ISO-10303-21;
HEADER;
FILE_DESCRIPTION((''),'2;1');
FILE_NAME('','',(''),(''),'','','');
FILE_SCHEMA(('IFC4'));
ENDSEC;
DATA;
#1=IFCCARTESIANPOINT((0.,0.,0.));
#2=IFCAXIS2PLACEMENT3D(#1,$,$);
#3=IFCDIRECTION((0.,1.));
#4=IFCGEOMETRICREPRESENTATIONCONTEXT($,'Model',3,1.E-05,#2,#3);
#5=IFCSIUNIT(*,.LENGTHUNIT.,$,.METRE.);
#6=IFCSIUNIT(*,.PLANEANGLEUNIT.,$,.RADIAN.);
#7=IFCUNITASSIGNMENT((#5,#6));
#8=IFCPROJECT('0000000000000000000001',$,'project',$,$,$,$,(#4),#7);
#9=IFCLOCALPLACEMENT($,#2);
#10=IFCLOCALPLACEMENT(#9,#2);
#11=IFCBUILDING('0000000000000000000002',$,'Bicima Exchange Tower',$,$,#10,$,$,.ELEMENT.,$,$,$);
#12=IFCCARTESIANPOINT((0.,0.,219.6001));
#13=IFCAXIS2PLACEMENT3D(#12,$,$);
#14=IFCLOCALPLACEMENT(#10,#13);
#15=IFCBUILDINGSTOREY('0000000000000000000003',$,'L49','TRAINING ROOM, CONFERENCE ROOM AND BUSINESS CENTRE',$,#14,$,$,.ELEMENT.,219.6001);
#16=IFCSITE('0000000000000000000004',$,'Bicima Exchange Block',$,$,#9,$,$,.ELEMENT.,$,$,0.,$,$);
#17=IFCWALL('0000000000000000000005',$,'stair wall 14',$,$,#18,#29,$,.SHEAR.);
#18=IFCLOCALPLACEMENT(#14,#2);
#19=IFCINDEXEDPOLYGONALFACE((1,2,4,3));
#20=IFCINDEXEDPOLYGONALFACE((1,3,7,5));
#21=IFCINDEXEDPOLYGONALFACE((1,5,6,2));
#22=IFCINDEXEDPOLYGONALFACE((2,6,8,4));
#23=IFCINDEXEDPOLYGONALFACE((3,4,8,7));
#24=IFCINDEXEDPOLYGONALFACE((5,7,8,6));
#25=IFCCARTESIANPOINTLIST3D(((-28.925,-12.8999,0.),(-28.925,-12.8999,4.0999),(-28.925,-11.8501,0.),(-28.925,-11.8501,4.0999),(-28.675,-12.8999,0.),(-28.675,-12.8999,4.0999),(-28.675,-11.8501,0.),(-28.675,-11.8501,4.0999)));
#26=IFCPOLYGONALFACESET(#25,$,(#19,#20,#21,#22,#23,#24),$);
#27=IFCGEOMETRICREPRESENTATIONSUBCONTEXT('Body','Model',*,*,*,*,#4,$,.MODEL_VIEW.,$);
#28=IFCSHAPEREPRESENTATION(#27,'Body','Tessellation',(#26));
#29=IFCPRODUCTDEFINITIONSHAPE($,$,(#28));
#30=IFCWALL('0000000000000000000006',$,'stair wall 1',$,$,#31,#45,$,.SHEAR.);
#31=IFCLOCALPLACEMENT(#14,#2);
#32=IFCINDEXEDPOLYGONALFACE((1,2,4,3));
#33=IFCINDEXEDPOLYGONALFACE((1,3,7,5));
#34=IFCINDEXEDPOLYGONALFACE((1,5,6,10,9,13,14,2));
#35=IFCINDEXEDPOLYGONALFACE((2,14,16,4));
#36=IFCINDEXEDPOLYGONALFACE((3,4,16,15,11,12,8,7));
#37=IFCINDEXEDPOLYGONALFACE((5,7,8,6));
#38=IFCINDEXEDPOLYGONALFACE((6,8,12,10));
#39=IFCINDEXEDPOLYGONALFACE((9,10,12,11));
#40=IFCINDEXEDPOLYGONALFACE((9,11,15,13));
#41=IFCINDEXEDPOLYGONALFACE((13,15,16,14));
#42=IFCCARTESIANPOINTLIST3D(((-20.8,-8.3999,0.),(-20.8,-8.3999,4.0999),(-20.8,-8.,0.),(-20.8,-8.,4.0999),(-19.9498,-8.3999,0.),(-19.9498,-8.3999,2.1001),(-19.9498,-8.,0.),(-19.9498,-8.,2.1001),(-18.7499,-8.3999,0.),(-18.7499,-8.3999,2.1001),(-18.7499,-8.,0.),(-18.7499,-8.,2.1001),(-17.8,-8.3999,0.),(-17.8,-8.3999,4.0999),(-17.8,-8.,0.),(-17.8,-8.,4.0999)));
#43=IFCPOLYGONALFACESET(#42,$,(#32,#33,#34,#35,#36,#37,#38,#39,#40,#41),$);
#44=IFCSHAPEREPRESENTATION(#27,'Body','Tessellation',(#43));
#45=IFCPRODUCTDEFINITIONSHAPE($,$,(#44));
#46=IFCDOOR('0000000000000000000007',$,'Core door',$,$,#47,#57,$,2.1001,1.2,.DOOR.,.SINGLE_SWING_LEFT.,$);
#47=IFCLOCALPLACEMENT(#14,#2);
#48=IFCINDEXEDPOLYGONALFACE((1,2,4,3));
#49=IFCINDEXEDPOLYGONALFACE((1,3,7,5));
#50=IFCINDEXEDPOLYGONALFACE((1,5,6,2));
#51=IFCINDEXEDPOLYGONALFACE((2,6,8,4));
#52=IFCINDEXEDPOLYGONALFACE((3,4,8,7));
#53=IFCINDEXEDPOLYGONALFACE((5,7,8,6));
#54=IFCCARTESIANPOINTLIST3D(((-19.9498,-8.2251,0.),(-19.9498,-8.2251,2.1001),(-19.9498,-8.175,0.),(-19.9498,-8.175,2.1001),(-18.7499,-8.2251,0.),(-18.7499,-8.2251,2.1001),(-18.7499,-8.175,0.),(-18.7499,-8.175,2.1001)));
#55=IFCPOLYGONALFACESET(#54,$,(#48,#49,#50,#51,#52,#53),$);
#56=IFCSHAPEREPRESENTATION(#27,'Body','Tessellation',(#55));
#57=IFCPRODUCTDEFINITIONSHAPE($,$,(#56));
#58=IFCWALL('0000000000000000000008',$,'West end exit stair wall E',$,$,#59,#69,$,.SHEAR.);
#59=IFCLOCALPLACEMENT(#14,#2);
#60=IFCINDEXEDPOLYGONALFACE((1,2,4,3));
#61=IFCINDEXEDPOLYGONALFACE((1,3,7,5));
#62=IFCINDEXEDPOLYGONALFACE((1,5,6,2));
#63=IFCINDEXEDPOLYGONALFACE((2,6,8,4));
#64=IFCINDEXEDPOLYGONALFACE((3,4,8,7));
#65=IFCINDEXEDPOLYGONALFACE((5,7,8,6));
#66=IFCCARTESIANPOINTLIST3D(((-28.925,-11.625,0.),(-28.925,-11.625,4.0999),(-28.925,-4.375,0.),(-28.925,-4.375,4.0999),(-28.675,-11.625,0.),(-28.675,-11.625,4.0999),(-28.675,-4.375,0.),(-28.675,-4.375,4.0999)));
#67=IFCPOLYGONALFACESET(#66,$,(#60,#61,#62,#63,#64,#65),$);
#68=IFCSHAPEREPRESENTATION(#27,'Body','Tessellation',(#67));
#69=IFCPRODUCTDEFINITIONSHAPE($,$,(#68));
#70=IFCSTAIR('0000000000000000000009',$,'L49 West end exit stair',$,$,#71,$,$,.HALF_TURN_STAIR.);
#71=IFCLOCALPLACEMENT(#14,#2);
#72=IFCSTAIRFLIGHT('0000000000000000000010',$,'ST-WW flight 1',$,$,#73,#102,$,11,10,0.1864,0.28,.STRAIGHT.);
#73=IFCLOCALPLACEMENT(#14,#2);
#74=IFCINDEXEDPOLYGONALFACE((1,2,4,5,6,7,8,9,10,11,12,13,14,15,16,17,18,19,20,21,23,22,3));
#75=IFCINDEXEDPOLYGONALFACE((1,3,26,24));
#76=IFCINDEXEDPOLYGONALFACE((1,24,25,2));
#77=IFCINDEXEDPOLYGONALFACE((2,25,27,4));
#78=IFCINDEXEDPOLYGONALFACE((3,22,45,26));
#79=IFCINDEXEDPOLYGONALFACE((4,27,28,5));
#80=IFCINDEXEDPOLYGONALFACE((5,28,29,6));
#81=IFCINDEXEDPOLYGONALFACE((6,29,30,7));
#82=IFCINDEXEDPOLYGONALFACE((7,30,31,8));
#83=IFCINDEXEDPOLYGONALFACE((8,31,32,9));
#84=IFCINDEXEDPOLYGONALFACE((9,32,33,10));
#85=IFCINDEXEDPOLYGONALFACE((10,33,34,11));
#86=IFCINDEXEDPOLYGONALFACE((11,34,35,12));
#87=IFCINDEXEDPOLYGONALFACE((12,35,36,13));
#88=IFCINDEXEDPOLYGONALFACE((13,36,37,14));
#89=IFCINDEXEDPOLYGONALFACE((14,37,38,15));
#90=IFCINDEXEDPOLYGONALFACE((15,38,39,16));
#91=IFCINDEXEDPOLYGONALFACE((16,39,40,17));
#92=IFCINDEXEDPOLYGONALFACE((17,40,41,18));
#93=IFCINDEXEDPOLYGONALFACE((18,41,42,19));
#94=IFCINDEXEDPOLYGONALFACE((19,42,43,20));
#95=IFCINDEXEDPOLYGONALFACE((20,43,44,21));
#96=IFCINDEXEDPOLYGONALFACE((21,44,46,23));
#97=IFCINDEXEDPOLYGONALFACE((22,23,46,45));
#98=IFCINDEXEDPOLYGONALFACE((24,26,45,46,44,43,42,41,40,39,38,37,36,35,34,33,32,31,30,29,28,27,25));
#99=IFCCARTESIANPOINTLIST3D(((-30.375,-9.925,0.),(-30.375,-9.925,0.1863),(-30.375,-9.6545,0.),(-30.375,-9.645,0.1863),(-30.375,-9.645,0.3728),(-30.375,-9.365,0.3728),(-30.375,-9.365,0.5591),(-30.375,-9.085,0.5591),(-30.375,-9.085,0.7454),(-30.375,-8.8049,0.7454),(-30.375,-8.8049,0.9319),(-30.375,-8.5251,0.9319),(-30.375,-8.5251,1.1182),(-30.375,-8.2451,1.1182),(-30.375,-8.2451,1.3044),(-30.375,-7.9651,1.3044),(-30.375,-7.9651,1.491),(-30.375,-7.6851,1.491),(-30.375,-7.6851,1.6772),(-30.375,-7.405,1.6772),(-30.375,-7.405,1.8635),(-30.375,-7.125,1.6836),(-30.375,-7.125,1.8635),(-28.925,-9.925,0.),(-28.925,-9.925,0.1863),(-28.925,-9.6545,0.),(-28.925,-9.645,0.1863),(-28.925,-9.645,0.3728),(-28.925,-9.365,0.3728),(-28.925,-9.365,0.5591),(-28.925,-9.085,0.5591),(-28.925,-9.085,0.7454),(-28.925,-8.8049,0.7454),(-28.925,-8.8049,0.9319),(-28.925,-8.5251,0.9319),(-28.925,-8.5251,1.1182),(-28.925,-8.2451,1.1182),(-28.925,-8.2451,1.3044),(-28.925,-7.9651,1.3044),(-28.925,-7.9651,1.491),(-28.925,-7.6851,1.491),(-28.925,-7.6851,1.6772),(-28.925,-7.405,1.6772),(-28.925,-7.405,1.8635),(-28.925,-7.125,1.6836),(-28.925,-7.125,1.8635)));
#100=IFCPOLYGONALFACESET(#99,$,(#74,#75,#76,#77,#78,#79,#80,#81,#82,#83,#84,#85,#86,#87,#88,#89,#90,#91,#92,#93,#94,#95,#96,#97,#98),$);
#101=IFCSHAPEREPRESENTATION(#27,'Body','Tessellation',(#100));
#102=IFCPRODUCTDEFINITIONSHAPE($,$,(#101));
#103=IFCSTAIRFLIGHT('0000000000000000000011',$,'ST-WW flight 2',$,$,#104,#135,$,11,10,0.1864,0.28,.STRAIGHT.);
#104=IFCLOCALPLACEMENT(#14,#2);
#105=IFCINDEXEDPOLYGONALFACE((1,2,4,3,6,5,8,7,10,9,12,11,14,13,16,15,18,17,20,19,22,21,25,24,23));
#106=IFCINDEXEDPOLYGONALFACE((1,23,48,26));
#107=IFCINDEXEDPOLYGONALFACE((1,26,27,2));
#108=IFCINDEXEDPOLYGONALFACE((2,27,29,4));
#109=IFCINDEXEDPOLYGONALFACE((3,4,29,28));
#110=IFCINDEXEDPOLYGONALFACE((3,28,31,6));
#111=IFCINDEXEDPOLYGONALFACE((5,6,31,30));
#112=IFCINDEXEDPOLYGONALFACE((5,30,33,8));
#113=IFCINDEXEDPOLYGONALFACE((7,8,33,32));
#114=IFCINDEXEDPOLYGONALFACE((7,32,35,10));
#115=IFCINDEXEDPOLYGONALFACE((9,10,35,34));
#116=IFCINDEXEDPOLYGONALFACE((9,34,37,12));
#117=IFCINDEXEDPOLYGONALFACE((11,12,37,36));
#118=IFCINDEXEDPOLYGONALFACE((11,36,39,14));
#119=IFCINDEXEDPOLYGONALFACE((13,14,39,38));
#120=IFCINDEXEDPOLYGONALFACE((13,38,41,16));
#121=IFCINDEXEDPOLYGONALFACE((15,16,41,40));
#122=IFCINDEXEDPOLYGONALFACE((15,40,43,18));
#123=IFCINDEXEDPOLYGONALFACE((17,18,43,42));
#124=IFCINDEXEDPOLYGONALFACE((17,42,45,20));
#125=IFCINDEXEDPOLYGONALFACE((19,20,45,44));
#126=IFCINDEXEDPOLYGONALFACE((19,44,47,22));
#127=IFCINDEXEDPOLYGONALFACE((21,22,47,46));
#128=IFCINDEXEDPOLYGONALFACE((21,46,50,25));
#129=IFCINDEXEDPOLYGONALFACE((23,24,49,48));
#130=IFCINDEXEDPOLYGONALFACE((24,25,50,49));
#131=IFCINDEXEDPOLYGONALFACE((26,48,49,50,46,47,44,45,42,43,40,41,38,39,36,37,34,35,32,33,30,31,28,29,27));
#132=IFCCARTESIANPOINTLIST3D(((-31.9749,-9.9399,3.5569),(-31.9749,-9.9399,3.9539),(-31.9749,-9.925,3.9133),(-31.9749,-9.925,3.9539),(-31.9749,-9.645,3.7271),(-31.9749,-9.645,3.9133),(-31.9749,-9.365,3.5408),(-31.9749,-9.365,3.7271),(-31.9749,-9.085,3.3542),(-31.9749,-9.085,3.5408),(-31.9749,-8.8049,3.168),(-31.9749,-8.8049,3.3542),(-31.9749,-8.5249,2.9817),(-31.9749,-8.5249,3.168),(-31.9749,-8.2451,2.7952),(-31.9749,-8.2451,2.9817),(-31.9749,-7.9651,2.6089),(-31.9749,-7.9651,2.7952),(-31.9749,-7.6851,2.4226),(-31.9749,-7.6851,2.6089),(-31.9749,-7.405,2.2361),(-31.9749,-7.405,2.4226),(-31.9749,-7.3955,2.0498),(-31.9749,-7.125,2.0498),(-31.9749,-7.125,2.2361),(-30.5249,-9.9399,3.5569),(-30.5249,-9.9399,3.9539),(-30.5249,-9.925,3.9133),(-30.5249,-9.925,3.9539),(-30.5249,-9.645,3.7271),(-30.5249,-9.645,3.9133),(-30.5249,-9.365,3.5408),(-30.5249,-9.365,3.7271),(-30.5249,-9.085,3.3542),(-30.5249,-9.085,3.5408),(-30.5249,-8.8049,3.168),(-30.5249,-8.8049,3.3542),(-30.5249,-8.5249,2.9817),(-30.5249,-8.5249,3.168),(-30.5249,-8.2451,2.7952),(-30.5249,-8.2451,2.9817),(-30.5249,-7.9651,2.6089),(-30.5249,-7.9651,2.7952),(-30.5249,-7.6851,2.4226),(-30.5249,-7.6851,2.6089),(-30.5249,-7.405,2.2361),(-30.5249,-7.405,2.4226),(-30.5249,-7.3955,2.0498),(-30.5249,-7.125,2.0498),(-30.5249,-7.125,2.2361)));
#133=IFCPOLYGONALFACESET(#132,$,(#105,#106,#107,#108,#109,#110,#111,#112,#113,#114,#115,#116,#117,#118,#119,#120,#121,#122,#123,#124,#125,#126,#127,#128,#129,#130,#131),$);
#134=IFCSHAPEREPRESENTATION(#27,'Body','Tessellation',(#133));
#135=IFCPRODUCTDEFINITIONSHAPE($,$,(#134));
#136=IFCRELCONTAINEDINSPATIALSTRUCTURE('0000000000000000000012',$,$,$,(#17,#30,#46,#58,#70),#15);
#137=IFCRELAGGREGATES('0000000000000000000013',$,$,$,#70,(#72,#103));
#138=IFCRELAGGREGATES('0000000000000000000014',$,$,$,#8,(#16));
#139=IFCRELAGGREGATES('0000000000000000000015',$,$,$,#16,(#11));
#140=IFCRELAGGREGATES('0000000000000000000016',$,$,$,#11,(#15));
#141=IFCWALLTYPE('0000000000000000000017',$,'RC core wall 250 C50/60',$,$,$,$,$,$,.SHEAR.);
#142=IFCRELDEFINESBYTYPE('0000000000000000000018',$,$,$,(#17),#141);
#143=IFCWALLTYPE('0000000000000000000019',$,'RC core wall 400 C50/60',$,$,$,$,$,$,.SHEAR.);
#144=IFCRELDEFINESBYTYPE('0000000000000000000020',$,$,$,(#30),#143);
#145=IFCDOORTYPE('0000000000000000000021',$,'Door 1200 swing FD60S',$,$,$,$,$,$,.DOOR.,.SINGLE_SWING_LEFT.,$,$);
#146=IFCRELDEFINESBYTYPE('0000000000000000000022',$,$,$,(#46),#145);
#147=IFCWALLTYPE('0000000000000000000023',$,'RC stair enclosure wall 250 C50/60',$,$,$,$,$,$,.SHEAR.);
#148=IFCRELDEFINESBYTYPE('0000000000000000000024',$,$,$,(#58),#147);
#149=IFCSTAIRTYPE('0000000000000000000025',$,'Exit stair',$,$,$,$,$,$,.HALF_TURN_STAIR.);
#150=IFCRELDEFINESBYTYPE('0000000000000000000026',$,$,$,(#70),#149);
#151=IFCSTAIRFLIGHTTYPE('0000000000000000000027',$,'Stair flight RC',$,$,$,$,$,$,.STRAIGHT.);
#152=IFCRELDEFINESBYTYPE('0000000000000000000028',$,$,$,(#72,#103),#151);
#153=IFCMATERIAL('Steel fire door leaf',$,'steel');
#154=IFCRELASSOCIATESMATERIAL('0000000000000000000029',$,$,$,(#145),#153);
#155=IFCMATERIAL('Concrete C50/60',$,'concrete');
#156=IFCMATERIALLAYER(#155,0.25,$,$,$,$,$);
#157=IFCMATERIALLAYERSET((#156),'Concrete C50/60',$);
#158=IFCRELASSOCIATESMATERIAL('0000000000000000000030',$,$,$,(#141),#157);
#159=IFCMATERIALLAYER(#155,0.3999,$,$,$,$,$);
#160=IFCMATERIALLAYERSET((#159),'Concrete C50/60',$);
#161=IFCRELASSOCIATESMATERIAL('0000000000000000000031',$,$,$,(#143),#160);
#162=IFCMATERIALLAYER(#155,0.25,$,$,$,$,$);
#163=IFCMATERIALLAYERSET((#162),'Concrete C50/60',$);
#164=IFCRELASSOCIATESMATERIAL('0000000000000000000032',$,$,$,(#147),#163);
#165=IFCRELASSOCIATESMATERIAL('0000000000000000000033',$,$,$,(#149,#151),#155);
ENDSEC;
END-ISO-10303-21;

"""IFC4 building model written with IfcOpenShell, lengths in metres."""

from ifc_helpers import new_model, si_unit, direction, frame, frame_2d, origin, place, context, subcontext, project, spatial, polyline, rectangle, outline, extrude, material, layer, layer_set, type_object, element, fill, aggregate, save


model = new_model("IFC4")

# Units and contexts
model_context = context("Model", 3, precision=1e-05, world=origin(), true_north=direction((0.0, 1.0)))
body_context = subcontext(model_context, "Body", "Model", "MODEL_VIEW")
ifc_project = project(units=[si_unit("LENGTHUNIT", "METRE"), si_unit("PLANEANGLEUNIT", "RADIAN")], contexts=[model_context])

# Site, building, storey
site_placement = place(None, origin())
site = spatial("IfcSite", under=ifc_project, at=site_placement, Name="Bicima Exchange Block", CompositionType="ELEMENT", RefElevation=0.0)
building_placement = place(site_placement, origin())
building = spatial("IfcBuilding", under=site, at=building_placement, Name="Bicima Exchange Tower", CompositionType="ELEMENT")
storey_placement = place(building_placement, frame((0.0, 0.0, 219.6001)))
storey = spatial("IfcBuildingStorey", under=building, at=storey_placement, Name="L49", Description="TRAINING ROOM, CONFERENCE ROOM AND BUSINESS CENTRE", CompositionType="ELEMENT", Elevation=219.6001)

# Shared definitions
ifc_material_1 = material(Name="Concrete C50/60", Category="concrete")
ifc_material_2 = material(Name="Steel fire door leaf", Category="steel")
door_type_1 = type_object("IfcDoorType", Name="Door 1200 swing FD60S", OperationType="SINGLE_SWING_LEFT", PredefinedType="DOOR", material=ifc_material_2)

# Wall
ifc_layer_1 = layer(ifc_material_1, 0.25)
ifc_layer_set_1 = layer_set([ifc_layer_1], Name="Concrete C50/60")
wall_type_1 = type_object("IfcWallType", Name="RC core wall 250 C50/60", PredefinedType="SHEAR", material=ifc_layer_set_1)
wall_1_placement = place(storey_placement, frame((-28.8, -12.8999, 0.0), z_axis=(0.0, 0.0, 1.0), x_axis=(0.0, 1.0, 0.0)))
element("IfcWall", 1, at=wall_1_placement, inside=storey, type_object=wall_type_1, Name="stair wall 14", PredefinedType="SHEAR", context=body_context, shape_type="SweptSolid", body=[
    extrude(rectangle(XDim=1.0498, YDim=0.25, at=frame_2d((0.5249, 0.0))), origin(), (0.0, 0.0, 1.0), 4.0999),
])

# Wall, opening, door
ifc_layer_2 = layer(ifc_material_1, 0.3999)
ifc_layer_set_2 = layer_set([ifc_layer_2], Name="Concrete C50/60")
wall_type_2 = type_object("IfcWallType", Name="RC core wall 400 C50/60", PredefinedType="SHEAR", material=ifc_layer_set_2)
wall_2_placement = place(storey_placement, frame((-20.8, -8.2, 0.0), z_axis=(0.0, 0.0, 1.0), x_axis=(1.0, 0.0, 0.0)))
wall_2 = element("IfcWall", 2, at=wall_2_placement, inside=storey, type_object=wall_type_2, Name="stair wall 1", PredefinedType="SHEAR", context=body_context, shape_type="SweptSolid", body=[
    extrude(rectangle(XDim=3.0, YDim=0.3999, at=frame_2d((1.5, 0.0))), origin(), (0.0, 0.0, 1.0), 4.0999),
])
opening_1_placement = place(wall_2_placement, frame((0.8501, 0.0, 0.0)))
opening_1 = element("IfcOpeningElement", 3, at=opening_1_placement, cuts=wall_2, PredefinedType="OPENING", context=body_context, shape_type="SweptSolid", body=[
    extrude(rectangle(XDim=1.2, YDim=2.1001, at=frame_2d((0.6001, 1.05))), frame((0.0, 0.2119, 0.0), z_axis=(0.0, -1.0, 0.0), x_axis=(1.0, 0.0, 0.0)), (0.0, 0.0, 1.0), 0.4238),
])
door_1_placement = place(opening_1_placement, origin())
door_1 = element("IfcDoor", 4, at=door_1_placement, inside=storey, type_object=door_type_1, Name="Core door", OperationType="SINGLE_SWING_LEFT", OverallHeight=2.1001, OverallWidth=1.2, PredefinedType="DOOR", context=body_context, shape_type="SweptSolid", body=[
    extrude(rectangle(XDim=1.2, YDim=2.1001, at=frame_2d((0.6001, 1.05))), frame((0.0, 0.0249, 0.0), z_axis=(0.0, -1.0, 0.0), x_axis=(1.0, 0.0, 0.0)), (0.0, 0.0, 1.0), 0.05),
])
fill(opening_1, door_1)

# Wall
ifc_layer_3 = layer(ifc_material_1, 0.25)
ifc_layer_set_3 = layer_set([ifc_layer_3], Name="Concrete C50/60")
wall_type_3 = type_object("IfcWallType", Name="RC stair enclosure wall 250 C50/60", PredefinedType="SHEAR", material=ifc_layer_set_3)
wall_3_placement = place(storey_placement, frame((-28.8, -11.625, 0.0), z_axis=(0.0, 0.0, 1.0), x_axis=(0.0, 1.0, 0.0)))
element("IfcWall", 5, at=wall_3_placement, inside=storey, type_object=wall_type_3, Name="West end exit stair wall E", PredefinedType="SHEAR", context=body_context, shape_type="SweptSolid", body=[
    extrude(rectangle(XDim=7.25, YDim=0.25, at=frame_2d((3.625, 0.0))), origin(), (0.0, 0.0, 1.0), 4.0999),
])

# Stair, stair flights
stair_type = type_object("IfcStairType", Name="Exit stair", PredefinedType="HALF_TURN_STAIR", material=ifc_material_1)
stair_placement = place(storey_placement, origin())
stair = element("IfcStair", 6, at=stair_placement, inside=storey, type_object=stair_type, Name="L49 West end exit stair", PredefinedType="HALF_TURN_STAIR")
stair_flight_type = type_object("IfcStairFlightType", Name="Stair flight RC", PredefinedType="STRAIGHT", material=ifc_material_1)
stair_flight_1_placement = place(storey_placement, frame((-29.6499, -9.925, 0.0), z_axis=(0.0, 0.0, 1.0), x_axis=(0.0, 1.0, 0.0)))
stair_flight_1 = element("IfcStairFlight", 7, at=stair_flight_1_placement, type_object=stair_flight_type, Name="ST-WW flight 1", NumberOfRisers=11, NumberOfTreads=10, PredefinedType="STRAIGHT", RiserHeight=0.1864, TreadLength=0.28, context=body_context, shape_type="SweptSolid", body=[
    extrude(outline(polyline([(0.0, 0.0), (0.0, 0.1863), (0.28, 0.1863), (0.28, 0.3728), (0.5601, 0.3728), (0.5601, 0.5591), (0.8401, 0.5591), (0.8401, 0.7454), (1.1201, 0.7454), (1.1201, 0.9319), (1.3999, 0.9319), (1.3999, 1.1182), (1.6799, 1.1182), (1.6799, 1.3044), (1.96, 1.3044), (1.96, 1.491), (2.24, 1.491), (2.24, 1.6772), (2.52, 1.6772), (2.52, 1.8635), (2.8, 1.8635), (2.8, 2.05), (2.8, 1.6836), (0.2705, 0.0), (0.0, 0.0)])), frame((0.0, 0.7251, 0.0), z_axis=(0.0, -1.0, 0.0), x_axis=(1.0, 0.0, 0.0)), (0.0, 0.0, 1.0), 1.45),
])
stair_flight_2_placement = place(storey_placement, frame((-31.25, -7.125, 2.0498), z_axis=(0.0, 0.0, 1.0), x_axis=(0.0, -1.0, 0.0)))
stair_flight_2 = element("IfcStairFlight", 8, at=stair_flight_2_placement, type_object=stair_flight_type, Name="ST-WW flight 2", NumberOfRisers=11, NumberOfTreads=10, PredefinedType="STRAIGHT", RiserHeight=0.1864, TreadLength=0.28, context=body_context, shape_type="SweptSolid", body=[
    extrude(outline(polyline([(0.0, 0.0), (0.0, 0.1863), (0.28, 0.1863), (0.28, 0.3728), (0.5601, 0.3728), (0.5601, 0.5591), (0.8401, 0.5591), (0.8401, 0.7454), (1.1201, 0.7454), (1.1201, 0.9319), (1.3999, 0.9319), (1.3999, 1.1182), (1.6799, 1.1182), (1.6799, 1.3044), (1.96, 1.3044), (1.96, 1.491), (2.24, 1.491), (2.24, 1.6772), (2.52, 1.6772), (2.52, 1.8635), (2.8, 1.8635), (2.8, 1.9041), (2.8149, 1.9041), (2.8149, 1.5071), (0.2705, 0.0), (0.0, 0.0)])), frame((0.0, 0.7251, 0.0), z_axis=(0.0, -1.0, 0.0), x_axis=(1.0, 0.0, 0.0)), (0.0, 0.0, 1.0), 1.45),
])
aggregate(stair, [stair_flight_1, stair_flight_2])

save(model, "model.ifc")
